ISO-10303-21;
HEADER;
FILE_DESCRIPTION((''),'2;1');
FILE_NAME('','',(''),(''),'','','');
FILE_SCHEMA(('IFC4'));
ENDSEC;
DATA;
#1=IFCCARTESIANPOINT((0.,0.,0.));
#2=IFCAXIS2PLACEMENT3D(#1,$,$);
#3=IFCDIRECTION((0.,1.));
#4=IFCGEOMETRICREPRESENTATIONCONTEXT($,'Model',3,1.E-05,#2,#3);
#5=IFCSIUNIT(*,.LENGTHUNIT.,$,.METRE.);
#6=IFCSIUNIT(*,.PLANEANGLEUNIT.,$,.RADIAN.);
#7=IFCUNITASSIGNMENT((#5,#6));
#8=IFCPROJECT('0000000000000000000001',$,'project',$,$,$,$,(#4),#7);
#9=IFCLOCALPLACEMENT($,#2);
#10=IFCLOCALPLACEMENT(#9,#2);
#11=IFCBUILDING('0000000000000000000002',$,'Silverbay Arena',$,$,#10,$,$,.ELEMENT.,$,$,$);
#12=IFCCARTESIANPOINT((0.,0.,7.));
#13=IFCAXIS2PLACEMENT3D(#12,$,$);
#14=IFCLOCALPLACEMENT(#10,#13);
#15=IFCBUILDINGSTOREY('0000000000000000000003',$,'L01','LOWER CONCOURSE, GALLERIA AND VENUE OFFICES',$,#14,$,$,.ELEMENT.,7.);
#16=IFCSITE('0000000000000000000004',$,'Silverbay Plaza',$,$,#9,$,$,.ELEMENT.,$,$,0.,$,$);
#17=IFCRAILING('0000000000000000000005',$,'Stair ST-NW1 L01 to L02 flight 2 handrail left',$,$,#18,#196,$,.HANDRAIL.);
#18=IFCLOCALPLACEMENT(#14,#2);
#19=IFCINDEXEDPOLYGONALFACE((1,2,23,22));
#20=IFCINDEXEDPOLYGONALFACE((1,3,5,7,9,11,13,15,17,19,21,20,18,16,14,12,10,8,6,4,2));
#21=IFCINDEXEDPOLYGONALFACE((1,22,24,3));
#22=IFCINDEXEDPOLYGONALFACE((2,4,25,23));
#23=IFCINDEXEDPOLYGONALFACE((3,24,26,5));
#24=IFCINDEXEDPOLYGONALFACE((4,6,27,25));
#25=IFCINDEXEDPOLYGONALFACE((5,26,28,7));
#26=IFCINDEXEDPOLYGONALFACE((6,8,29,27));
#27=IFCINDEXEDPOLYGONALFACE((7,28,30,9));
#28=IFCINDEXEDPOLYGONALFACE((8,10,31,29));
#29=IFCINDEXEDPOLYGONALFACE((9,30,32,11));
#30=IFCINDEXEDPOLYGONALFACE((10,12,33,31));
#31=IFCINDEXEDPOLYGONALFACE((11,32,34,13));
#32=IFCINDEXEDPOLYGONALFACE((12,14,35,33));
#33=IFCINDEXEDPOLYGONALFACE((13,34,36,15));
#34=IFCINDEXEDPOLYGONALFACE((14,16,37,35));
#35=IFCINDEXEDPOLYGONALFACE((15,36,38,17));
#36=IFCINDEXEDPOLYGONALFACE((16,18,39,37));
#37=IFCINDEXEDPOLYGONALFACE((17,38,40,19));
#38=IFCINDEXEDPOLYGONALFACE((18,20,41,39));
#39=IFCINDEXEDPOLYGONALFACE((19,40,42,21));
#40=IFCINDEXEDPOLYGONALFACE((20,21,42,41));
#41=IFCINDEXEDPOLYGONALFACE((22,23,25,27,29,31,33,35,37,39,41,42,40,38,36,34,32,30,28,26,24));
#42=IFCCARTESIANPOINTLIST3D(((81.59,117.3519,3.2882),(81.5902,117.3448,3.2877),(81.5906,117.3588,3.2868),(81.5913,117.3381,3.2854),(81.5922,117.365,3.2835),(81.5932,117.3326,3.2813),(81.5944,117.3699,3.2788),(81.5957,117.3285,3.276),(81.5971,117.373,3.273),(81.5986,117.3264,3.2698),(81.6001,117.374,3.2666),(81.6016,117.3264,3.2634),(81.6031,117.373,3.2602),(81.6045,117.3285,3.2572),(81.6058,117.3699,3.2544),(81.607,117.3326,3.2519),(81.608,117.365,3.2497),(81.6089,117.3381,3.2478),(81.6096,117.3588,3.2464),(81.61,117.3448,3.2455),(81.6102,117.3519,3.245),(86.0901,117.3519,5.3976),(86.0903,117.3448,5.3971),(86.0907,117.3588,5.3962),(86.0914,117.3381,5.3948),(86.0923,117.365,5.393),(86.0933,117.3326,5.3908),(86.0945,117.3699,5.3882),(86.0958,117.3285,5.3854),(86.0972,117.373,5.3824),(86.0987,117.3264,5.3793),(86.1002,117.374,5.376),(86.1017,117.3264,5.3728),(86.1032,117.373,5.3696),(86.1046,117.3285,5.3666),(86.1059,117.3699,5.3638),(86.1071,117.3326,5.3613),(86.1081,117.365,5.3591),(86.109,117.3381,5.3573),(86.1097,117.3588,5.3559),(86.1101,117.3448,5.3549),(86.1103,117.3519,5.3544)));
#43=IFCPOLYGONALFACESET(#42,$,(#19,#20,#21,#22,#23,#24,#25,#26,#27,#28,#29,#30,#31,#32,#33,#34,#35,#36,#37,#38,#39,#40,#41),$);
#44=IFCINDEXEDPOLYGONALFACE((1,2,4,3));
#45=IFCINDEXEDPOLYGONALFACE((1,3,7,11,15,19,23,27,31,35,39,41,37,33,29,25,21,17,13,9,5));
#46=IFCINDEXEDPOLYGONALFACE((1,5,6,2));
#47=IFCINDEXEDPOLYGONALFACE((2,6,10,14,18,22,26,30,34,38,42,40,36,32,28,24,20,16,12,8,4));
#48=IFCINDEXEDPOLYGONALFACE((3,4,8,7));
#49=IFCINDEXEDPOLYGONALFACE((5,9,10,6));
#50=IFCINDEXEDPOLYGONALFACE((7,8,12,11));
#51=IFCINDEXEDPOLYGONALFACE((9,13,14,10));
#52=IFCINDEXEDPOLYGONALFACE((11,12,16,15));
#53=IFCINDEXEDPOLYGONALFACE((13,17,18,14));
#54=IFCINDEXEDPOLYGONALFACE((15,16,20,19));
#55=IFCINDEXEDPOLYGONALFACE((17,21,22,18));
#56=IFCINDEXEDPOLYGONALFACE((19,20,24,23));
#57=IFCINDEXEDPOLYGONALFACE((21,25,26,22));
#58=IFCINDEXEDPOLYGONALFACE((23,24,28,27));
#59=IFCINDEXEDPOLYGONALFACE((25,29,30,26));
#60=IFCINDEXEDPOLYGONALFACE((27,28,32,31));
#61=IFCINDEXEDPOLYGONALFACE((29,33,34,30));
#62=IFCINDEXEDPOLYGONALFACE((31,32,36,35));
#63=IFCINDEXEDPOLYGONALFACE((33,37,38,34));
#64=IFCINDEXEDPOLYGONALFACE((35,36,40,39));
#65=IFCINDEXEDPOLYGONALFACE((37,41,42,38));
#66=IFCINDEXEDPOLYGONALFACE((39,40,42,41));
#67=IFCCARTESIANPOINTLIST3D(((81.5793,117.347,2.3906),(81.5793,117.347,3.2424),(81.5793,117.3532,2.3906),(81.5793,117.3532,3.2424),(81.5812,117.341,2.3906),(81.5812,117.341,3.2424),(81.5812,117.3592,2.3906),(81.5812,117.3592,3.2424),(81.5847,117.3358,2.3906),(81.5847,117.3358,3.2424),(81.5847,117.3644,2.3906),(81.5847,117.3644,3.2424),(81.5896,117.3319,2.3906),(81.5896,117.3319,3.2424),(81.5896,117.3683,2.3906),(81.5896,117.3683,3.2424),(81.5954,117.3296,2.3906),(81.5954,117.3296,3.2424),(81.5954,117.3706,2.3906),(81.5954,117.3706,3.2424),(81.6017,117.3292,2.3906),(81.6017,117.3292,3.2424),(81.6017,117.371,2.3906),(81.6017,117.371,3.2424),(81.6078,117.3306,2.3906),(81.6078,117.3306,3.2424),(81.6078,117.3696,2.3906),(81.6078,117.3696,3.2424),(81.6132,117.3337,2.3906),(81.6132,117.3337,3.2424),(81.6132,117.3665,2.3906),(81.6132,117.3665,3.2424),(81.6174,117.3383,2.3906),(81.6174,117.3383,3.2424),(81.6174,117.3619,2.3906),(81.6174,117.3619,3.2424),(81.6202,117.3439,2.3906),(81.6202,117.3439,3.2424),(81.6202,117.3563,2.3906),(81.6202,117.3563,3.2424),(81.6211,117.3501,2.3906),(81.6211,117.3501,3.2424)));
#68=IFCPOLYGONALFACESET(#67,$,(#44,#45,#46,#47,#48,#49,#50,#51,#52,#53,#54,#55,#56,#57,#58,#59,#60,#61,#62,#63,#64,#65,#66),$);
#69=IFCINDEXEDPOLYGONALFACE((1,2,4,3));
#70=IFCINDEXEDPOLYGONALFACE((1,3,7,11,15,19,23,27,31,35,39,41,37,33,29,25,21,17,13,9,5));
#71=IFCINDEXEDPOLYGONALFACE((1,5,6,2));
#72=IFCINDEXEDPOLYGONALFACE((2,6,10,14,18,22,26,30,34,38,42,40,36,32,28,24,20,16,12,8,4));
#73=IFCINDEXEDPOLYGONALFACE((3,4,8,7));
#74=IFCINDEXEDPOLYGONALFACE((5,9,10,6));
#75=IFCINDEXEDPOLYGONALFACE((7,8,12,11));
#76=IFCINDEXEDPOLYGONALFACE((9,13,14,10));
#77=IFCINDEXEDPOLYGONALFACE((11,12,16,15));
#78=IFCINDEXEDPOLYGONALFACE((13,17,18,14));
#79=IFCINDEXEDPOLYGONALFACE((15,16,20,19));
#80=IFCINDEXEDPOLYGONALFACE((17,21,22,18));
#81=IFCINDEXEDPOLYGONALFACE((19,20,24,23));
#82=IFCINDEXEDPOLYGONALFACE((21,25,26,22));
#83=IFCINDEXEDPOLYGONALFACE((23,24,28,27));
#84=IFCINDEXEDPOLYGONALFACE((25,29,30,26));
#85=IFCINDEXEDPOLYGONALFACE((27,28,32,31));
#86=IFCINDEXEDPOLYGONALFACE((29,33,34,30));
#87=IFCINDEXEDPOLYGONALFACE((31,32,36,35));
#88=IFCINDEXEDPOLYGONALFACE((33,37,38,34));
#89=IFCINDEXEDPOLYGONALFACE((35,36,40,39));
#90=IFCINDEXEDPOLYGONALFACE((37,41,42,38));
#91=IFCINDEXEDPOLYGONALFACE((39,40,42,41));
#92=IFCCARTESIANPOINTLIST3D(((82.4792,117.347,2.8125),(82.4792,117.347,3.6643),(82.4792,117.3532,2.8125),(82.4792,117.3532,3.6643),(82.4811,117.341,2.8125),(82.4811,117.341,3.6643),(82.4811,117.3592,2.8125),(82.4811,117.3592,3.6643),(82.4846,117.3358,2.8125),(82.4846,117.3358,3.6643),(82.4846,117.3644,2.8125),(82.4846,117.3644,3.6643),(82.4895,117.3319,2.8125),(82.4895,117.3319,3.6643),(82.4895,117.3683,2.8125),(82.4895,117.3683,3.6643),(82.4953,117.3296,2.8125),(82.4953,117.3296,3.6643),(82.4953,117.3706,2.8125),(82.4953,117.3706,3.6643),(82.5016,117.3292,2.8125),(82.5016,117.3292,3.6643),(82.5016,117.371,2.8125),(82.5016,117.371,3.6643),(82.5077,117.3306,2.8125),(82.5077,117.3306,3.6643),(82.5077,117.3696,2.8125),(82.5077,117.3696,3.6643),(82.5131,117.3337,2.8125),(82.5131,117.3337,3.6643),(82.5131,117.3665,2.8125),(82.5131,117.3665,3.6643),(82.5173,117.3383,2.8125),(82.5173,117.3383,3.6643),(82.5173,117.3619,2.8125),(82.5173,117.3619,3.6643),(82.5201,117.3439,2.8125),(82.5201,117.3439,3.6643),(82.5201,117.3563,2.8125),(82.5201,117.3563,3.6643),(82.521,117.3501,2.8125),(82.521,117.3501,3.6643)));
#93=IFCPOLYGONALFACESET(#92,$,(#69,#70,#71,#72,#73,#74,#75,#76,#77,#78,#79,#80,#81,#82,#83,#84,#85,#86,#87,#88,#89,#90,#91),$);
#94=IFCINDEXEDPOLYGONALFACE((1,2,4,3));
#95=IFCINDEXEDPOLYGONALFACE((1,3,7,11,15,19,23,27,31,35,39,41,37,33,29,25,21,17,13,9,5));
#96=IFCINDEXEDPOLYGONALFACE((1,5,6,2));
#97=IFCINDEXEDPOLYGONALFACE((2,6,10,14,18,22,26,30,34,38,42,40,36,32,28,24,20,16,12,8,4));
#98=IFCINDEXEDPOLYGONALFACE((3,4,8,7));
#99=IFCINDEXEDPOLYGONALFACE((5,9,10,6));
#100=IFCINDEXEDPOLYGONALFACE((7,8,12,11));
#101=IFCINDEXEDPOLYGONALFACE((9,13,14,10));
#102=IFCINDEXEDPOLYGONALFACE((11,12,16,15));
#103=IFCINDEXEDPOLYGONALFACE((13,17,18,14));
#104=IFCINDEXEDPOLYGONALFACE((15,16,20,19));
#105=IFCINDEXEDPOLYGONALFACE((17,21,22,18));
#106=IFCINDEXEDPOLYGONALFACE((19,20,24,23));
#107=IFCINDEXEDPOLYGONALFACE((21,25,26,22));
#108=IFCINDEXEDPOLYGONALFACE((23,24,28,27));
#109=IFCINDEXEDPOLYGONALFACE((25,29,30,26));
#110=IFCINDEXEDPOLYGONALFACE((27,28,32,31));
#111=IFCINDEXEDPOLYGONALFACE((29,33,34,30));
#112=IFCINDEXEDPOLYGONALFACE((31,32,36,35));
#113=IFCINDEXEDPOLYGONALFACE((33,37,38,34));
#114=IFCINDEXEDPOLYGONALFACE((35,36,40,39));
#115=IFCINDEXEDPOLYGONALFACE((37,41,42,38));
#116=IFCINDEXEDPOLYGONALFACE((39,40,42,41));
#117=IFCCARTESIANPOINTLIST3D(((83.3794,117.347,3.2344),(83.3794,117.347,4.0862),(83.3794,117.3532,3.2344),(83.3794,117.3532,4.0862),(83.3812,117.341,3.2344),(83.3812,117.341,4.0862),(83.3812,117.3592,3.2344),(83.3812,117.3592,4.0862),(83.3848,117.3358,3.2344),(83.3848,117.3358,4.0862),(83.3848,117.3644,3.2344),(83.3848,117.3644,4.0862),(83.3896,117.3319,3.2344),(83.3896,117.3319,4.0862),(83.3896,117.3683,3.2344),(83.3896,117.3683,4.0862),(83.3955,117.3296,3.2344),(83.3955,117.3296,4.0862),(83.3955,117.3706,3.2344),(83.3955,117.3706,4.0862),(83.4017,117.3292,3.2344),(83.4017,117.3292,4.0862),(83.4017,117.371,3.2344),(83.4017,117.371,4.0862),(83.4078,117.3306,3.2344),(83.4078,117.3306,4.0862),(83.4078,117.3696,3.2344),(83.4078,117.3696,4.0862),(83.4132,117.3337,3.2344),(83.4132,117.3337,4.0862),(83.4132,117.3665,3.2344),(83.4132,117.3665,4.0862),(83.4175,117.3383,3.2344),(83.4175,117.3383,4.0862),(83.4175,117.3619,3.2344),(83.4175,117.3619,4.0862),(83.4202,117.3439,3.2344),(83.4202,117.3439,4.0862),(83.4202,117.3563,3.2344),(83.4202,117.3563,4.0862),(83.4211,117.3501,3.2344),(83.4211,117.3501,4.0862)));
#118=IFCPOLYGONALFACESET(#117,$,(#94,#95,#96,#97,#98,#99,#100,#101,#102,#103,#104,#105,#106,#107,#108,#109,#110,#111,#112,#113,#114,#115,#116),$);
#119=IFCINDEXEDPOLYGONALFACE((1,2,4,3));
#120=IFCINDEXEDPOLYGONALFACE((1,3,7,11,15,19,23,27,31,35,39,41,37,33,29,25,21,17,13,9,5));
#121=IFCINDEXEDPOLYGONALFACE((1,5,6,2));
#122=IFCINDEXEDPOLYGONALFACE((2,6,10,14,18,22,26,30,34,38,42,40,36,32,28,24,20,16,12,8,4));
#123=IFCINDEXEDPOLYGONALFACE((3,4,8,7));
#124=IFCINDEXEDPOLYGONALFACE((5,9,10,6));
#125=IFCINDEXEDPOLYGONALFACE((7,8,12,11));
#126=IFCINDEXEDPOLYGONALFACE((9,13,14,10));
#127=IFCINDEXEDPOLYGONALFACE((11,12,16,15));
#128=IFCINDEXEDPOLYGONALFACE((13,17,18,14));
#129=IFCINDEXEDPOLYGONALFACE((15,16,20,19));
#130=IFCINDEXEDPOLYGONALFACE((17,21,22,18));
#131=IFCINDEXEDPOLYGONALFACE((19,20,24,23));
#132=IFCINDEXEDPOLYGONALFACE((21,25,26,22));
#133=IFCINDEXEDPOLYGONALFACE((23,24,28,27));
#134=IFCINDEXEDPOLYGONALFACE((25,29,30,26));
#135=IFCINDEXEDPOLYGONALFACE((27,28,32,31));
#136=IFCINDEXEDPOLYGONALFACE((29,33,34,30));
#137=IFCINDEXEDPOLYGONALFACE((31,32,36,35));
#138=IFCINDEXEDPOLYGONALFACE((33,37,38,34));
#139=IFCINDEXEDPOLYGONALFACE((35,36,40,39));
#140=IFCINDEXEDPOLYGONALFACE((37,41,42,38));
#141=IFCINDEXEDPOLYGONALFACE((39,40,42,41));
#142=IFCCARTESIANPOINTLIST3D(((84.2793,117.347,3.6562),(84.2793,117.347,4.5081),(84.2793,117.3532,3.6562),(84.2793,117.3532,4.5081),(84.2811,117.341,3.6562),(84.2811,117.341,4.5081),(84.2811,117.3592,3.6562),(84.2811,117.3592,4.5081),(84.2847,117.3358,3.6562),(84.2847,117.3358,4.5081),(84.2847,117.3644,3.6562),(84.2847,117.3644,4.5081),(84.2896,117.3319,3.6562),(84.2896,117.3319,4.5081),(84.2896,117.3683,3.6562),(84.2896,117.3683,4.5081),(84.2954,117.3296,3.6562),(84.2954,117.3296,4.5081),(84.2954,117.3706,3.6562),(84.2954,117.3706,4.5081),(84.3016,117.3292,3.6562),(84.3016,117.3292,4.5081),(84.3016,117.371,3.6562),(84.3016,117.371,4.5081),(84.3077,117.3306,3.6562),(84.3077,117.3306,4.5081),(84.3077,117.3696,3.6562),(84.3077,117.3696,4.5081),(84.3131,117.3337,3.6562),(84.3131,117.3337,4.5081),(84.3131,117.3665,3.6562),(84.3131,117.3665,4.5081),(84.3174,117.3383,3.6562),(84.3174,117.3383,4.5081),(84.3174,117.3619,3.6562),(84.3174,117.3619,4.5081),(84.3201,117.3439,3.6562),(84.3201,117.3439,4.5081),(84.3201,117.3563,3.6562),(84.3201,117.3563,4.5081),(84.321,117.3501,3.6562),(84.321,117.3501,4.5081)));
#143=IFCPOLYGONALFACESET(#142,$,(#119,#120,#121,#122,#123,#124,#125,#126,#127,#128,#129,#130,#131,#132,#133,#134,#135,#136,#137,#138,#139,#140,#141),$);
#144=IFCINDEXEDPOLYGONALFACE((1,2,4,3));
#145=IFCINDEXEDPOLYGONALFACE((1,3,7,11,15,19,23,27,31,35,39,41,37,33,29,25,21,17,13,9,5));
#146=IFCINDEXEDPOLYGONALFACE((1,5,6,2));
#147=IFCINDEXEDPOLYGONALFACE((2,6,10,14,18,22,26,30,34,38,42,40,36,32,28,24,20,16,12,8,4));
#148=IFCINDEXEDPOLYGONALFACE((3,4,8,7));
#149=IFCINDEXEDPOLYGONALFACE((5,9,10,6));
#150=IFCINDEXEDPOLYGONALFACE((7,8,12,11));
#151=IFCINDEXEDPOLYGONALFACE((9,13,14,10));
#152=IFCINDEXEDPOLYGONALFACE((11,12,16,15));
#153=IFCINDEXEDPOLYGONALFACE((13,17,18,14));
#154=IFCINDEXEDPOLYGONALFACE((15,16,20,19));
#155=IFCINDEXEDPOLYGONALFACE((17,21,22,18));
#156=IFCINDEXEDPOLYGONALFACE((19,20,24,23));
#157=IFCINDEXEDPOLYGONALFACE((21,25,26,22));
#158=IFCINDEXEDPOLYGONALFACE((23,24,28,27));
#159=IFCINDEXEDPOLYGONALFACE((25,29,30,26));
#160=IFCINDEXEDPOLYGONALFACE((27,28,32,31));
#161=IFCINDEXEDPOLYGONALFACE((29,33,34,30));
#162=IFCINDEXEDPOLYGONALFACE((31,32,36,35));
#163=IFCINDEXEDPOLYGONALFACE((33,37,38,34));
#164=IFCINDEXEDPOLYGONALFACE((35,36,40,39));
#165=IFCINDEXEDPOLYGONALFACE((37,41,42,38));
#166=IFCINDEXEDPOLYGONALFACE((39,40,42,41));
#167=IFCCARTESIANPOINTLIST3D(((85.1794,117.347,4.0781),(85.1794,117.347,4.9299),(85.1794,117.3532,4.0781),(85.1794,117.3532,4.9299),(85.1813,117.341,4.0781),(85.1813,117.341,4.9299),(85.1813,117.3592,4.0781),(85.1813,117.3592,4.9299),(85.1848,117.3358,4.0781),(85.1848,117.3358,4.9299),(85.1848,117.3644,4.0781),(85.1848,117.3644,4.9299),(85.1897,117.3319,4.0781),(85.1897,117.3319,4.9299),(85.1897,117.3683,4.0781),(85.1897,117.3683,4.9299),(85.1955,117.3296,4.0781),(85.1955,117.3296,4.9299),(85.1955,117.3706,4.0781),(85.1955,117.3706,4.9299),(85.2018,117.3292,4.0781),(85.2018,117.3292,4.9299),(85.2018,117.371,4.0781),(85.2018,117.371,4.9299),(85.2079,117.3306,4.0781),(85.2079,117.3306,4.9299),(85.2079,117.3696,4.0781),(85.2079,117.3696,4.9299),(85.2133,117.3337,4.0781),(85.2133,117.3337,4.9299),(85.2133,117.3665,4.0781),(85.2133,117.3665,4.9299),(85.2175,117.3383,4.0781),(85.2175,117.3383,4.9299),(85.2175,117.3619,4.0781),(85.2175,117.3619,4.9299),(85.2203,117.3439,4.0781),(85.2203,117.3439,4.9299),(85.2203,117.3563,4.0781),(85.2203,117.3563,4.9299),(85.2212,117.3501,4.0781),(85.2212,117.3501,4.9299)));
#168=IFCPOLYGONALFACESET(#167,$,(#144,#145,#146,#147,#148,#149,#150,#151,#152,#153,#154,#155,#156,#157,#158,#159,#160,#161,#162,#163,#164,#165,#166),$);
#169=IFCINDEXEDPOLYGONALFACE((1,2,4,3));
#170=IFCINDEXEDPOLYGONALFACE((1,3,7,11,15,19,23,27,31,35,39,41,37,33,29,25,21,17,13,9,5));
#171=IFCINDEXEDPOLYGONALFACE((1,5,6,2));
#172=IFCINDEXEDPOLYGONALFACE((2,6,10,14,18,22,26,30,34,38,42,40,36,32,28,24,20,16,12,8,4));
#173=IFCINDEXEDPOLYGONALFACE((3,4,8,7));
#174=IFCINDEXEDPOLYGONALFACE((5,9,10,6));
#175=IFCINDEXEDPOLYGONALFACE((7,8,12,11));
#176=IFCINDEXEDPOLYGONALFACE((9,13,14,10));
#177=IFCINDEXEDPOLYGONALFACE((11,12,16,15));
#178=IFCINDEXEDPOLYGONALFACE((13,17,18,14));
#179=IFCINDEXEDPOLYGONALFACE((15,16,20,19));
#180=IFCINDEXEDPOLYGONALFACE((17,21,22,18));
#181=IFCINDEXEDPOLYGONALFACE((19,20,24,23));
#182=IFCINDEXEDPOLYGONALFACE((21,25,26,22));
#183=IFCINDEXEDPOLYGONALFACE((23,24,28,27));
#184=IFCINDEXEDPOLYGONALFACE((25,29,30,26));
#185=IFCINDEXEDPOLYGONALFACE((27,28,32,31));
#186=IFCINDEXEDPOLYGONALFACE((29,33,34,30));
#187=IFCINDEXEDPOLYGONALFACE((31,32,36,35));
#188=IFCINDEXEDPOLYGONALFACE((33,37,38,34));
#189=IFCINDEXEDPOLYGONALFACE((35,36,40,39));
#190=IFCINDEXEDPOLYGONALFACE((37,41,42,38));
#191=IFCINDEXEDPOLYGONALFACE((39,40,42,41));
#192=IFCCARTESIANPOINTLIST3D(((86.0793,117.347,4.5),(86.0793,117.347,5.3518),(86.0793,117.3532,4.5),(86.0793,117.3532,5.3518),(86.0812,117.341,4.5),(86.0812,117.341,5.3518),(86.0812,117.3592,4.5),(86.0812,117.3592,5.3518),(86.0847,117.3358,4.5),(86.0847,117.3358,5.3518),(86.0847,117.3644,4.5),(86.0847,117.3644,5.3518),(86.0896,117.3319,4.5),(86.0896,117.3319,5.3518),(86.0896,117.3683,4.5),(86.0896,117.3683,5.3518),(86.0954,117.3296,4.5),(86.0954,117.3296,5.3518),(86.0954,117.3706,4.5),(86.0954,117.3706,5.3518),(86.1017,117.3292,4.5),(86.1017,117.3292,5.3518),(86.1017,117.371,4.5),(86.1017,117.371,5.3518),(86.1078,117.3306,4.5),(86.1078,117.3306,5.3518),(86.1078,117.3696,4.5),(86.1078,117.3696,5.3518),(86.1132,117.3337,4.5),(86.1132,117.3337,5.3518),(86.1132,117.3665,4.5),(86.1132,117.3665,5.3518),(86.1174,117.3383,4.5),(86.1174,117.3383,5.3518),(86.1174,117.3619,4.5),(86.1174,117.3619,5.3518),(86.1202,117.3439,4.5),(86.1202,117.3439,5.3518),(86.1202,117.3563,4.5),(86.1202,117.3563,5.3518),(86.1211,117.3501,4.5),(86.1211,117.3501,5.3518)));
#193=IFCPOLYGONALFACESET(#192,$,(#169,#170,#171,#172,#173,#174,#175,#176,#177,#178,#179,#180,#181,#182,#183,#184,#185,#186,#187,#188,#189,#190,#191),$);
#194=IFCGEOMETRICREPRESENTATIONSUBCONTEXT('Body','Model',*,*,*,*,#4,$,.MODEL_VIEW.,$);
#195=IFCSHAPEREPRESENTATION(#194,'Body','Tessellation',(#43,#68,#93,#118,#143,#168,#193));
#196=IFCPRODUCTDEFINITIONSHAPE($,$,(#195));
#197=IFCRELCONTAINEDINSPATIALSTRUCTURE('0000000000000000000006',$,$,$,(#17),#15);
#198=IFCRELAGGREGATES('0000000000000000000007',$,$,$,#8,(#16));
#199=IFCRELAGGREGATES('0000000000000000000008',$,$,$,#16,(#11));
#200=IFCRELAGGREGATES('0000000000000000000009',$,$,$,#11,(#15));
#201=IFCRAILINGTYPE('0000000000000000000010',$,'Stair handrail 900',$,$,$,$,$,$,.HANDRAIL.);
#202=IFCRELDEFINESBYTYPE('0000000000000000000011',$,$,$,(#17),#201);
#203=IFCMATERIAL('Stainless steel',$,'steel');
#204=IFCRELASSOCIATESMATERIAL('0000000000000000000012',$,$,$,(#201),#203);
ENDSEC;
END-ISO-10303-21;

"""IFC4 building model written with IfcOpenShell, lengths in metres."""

from ifc_helpers import new_model, si_unit, direction, frame, origin, origin_2d, place, context, subcontext, project, spatial, circle, extrude, material, type_object, element, save


model = new_model("IFC4")

# Units and contexts
model_context = context("Model", 3, precision=1e-05, world=origin(), true_north=direction((0.0, 1.0)))
body_context = subcontext(model_context, "Body", "Model", "MODEL_VIEW")
ifc_project = project(units=[si_unit("LENGTHUNIT", "METRE"), si_unit("PLANEANGLEUNIT", "RADIAN")], contexts=[model_context])

# Site, building, storey
site_placement = place(None, origin())
site = spatial("IfcSite", under=ifc_project, at=site_placement, Name="Silverbay Plaza", CompositionType="ELEMENT", RefElevation=0.0)
building_placement = place(site_placement, origin())
building = spatial("IfcBuilding", under=site, at=building_placement, Name="Silverbay Arena", CompositionType="ELEMENT")
storey_placement = place(building_placement, frame((0.0, 0.0, 7.0)))
storey = spatial("IfcBuildingStorey", under=building, at=storey_placement, Name="L01", Description="LOWER CONCOURSE, GALLERIA AND VENUE OFFICES", CompositionType="ELEMENT", Elevation=7.0)

# Railing
ifc_material_1 = material(Name="Stainless steel", Category="steel")
railing_type_1 = type_object("IfcRailingType", Name="Stair handrail 900", PredefinedType="HANDRAIL", material=ifc_material_1)
for number, where, name in (
    (1, (81.6001, 117.3501, 2.3906), "Stair ST-NW1 L01 to L02 flight 2 handrail left"),
):
    element("IfcRailing", number, at=place(storey_placement, frame(where)), inside=storey, type_object=railing_type_1, Name=name, PredefinedType="HANDRAIL", context=body_context, shape_type="SweptSolid", body=[
        extrude(circle(Radius=0.0239, at=origin_2d()), frame((0.0, 0.0, 0.876), z_axis=(0.905459, 0.0, 0.424434), x_axis=(0.0, 1.0, 0.0)), (0.0, 0.0, 1.0), 4.97),
        extrude(circle(Radius=0.021, at=origin_2d()), origin(), (0.0, 0.0, 1.0), 0.8518),
        extrude(circle(Radius=0.021, at=origin_2d()), frame((0.8999, 0.0, 0.4219)), (0.0, 0.0, 1.0), 0.8518),
        extrude(circle(Radius=0.021, at=origin_2d()), frame((1.8, 0.0, 0.8438)), (0.0, 0.0, 1.0), 0.8518),
        extrude(circle(Radius=0.021, at=origin_2d()), frame((2.7, 0.0, 1.2656)), (0.0, 0.0, 1.0), 0.8518),
        extrude(circle(Radius=0.021, at=origin_2d()), frame((3.6001, 0.0, 1.6875)), (0.0, 0.0, 1.0), 0.8518),
        extrude(circle(Radius=0.021, at=origin_2d()), frame((4.5, 0.0, 2.1094)), (0.0, 0.0, 1.0), 0.8518),
    ])

save(model, "model.ifc")
